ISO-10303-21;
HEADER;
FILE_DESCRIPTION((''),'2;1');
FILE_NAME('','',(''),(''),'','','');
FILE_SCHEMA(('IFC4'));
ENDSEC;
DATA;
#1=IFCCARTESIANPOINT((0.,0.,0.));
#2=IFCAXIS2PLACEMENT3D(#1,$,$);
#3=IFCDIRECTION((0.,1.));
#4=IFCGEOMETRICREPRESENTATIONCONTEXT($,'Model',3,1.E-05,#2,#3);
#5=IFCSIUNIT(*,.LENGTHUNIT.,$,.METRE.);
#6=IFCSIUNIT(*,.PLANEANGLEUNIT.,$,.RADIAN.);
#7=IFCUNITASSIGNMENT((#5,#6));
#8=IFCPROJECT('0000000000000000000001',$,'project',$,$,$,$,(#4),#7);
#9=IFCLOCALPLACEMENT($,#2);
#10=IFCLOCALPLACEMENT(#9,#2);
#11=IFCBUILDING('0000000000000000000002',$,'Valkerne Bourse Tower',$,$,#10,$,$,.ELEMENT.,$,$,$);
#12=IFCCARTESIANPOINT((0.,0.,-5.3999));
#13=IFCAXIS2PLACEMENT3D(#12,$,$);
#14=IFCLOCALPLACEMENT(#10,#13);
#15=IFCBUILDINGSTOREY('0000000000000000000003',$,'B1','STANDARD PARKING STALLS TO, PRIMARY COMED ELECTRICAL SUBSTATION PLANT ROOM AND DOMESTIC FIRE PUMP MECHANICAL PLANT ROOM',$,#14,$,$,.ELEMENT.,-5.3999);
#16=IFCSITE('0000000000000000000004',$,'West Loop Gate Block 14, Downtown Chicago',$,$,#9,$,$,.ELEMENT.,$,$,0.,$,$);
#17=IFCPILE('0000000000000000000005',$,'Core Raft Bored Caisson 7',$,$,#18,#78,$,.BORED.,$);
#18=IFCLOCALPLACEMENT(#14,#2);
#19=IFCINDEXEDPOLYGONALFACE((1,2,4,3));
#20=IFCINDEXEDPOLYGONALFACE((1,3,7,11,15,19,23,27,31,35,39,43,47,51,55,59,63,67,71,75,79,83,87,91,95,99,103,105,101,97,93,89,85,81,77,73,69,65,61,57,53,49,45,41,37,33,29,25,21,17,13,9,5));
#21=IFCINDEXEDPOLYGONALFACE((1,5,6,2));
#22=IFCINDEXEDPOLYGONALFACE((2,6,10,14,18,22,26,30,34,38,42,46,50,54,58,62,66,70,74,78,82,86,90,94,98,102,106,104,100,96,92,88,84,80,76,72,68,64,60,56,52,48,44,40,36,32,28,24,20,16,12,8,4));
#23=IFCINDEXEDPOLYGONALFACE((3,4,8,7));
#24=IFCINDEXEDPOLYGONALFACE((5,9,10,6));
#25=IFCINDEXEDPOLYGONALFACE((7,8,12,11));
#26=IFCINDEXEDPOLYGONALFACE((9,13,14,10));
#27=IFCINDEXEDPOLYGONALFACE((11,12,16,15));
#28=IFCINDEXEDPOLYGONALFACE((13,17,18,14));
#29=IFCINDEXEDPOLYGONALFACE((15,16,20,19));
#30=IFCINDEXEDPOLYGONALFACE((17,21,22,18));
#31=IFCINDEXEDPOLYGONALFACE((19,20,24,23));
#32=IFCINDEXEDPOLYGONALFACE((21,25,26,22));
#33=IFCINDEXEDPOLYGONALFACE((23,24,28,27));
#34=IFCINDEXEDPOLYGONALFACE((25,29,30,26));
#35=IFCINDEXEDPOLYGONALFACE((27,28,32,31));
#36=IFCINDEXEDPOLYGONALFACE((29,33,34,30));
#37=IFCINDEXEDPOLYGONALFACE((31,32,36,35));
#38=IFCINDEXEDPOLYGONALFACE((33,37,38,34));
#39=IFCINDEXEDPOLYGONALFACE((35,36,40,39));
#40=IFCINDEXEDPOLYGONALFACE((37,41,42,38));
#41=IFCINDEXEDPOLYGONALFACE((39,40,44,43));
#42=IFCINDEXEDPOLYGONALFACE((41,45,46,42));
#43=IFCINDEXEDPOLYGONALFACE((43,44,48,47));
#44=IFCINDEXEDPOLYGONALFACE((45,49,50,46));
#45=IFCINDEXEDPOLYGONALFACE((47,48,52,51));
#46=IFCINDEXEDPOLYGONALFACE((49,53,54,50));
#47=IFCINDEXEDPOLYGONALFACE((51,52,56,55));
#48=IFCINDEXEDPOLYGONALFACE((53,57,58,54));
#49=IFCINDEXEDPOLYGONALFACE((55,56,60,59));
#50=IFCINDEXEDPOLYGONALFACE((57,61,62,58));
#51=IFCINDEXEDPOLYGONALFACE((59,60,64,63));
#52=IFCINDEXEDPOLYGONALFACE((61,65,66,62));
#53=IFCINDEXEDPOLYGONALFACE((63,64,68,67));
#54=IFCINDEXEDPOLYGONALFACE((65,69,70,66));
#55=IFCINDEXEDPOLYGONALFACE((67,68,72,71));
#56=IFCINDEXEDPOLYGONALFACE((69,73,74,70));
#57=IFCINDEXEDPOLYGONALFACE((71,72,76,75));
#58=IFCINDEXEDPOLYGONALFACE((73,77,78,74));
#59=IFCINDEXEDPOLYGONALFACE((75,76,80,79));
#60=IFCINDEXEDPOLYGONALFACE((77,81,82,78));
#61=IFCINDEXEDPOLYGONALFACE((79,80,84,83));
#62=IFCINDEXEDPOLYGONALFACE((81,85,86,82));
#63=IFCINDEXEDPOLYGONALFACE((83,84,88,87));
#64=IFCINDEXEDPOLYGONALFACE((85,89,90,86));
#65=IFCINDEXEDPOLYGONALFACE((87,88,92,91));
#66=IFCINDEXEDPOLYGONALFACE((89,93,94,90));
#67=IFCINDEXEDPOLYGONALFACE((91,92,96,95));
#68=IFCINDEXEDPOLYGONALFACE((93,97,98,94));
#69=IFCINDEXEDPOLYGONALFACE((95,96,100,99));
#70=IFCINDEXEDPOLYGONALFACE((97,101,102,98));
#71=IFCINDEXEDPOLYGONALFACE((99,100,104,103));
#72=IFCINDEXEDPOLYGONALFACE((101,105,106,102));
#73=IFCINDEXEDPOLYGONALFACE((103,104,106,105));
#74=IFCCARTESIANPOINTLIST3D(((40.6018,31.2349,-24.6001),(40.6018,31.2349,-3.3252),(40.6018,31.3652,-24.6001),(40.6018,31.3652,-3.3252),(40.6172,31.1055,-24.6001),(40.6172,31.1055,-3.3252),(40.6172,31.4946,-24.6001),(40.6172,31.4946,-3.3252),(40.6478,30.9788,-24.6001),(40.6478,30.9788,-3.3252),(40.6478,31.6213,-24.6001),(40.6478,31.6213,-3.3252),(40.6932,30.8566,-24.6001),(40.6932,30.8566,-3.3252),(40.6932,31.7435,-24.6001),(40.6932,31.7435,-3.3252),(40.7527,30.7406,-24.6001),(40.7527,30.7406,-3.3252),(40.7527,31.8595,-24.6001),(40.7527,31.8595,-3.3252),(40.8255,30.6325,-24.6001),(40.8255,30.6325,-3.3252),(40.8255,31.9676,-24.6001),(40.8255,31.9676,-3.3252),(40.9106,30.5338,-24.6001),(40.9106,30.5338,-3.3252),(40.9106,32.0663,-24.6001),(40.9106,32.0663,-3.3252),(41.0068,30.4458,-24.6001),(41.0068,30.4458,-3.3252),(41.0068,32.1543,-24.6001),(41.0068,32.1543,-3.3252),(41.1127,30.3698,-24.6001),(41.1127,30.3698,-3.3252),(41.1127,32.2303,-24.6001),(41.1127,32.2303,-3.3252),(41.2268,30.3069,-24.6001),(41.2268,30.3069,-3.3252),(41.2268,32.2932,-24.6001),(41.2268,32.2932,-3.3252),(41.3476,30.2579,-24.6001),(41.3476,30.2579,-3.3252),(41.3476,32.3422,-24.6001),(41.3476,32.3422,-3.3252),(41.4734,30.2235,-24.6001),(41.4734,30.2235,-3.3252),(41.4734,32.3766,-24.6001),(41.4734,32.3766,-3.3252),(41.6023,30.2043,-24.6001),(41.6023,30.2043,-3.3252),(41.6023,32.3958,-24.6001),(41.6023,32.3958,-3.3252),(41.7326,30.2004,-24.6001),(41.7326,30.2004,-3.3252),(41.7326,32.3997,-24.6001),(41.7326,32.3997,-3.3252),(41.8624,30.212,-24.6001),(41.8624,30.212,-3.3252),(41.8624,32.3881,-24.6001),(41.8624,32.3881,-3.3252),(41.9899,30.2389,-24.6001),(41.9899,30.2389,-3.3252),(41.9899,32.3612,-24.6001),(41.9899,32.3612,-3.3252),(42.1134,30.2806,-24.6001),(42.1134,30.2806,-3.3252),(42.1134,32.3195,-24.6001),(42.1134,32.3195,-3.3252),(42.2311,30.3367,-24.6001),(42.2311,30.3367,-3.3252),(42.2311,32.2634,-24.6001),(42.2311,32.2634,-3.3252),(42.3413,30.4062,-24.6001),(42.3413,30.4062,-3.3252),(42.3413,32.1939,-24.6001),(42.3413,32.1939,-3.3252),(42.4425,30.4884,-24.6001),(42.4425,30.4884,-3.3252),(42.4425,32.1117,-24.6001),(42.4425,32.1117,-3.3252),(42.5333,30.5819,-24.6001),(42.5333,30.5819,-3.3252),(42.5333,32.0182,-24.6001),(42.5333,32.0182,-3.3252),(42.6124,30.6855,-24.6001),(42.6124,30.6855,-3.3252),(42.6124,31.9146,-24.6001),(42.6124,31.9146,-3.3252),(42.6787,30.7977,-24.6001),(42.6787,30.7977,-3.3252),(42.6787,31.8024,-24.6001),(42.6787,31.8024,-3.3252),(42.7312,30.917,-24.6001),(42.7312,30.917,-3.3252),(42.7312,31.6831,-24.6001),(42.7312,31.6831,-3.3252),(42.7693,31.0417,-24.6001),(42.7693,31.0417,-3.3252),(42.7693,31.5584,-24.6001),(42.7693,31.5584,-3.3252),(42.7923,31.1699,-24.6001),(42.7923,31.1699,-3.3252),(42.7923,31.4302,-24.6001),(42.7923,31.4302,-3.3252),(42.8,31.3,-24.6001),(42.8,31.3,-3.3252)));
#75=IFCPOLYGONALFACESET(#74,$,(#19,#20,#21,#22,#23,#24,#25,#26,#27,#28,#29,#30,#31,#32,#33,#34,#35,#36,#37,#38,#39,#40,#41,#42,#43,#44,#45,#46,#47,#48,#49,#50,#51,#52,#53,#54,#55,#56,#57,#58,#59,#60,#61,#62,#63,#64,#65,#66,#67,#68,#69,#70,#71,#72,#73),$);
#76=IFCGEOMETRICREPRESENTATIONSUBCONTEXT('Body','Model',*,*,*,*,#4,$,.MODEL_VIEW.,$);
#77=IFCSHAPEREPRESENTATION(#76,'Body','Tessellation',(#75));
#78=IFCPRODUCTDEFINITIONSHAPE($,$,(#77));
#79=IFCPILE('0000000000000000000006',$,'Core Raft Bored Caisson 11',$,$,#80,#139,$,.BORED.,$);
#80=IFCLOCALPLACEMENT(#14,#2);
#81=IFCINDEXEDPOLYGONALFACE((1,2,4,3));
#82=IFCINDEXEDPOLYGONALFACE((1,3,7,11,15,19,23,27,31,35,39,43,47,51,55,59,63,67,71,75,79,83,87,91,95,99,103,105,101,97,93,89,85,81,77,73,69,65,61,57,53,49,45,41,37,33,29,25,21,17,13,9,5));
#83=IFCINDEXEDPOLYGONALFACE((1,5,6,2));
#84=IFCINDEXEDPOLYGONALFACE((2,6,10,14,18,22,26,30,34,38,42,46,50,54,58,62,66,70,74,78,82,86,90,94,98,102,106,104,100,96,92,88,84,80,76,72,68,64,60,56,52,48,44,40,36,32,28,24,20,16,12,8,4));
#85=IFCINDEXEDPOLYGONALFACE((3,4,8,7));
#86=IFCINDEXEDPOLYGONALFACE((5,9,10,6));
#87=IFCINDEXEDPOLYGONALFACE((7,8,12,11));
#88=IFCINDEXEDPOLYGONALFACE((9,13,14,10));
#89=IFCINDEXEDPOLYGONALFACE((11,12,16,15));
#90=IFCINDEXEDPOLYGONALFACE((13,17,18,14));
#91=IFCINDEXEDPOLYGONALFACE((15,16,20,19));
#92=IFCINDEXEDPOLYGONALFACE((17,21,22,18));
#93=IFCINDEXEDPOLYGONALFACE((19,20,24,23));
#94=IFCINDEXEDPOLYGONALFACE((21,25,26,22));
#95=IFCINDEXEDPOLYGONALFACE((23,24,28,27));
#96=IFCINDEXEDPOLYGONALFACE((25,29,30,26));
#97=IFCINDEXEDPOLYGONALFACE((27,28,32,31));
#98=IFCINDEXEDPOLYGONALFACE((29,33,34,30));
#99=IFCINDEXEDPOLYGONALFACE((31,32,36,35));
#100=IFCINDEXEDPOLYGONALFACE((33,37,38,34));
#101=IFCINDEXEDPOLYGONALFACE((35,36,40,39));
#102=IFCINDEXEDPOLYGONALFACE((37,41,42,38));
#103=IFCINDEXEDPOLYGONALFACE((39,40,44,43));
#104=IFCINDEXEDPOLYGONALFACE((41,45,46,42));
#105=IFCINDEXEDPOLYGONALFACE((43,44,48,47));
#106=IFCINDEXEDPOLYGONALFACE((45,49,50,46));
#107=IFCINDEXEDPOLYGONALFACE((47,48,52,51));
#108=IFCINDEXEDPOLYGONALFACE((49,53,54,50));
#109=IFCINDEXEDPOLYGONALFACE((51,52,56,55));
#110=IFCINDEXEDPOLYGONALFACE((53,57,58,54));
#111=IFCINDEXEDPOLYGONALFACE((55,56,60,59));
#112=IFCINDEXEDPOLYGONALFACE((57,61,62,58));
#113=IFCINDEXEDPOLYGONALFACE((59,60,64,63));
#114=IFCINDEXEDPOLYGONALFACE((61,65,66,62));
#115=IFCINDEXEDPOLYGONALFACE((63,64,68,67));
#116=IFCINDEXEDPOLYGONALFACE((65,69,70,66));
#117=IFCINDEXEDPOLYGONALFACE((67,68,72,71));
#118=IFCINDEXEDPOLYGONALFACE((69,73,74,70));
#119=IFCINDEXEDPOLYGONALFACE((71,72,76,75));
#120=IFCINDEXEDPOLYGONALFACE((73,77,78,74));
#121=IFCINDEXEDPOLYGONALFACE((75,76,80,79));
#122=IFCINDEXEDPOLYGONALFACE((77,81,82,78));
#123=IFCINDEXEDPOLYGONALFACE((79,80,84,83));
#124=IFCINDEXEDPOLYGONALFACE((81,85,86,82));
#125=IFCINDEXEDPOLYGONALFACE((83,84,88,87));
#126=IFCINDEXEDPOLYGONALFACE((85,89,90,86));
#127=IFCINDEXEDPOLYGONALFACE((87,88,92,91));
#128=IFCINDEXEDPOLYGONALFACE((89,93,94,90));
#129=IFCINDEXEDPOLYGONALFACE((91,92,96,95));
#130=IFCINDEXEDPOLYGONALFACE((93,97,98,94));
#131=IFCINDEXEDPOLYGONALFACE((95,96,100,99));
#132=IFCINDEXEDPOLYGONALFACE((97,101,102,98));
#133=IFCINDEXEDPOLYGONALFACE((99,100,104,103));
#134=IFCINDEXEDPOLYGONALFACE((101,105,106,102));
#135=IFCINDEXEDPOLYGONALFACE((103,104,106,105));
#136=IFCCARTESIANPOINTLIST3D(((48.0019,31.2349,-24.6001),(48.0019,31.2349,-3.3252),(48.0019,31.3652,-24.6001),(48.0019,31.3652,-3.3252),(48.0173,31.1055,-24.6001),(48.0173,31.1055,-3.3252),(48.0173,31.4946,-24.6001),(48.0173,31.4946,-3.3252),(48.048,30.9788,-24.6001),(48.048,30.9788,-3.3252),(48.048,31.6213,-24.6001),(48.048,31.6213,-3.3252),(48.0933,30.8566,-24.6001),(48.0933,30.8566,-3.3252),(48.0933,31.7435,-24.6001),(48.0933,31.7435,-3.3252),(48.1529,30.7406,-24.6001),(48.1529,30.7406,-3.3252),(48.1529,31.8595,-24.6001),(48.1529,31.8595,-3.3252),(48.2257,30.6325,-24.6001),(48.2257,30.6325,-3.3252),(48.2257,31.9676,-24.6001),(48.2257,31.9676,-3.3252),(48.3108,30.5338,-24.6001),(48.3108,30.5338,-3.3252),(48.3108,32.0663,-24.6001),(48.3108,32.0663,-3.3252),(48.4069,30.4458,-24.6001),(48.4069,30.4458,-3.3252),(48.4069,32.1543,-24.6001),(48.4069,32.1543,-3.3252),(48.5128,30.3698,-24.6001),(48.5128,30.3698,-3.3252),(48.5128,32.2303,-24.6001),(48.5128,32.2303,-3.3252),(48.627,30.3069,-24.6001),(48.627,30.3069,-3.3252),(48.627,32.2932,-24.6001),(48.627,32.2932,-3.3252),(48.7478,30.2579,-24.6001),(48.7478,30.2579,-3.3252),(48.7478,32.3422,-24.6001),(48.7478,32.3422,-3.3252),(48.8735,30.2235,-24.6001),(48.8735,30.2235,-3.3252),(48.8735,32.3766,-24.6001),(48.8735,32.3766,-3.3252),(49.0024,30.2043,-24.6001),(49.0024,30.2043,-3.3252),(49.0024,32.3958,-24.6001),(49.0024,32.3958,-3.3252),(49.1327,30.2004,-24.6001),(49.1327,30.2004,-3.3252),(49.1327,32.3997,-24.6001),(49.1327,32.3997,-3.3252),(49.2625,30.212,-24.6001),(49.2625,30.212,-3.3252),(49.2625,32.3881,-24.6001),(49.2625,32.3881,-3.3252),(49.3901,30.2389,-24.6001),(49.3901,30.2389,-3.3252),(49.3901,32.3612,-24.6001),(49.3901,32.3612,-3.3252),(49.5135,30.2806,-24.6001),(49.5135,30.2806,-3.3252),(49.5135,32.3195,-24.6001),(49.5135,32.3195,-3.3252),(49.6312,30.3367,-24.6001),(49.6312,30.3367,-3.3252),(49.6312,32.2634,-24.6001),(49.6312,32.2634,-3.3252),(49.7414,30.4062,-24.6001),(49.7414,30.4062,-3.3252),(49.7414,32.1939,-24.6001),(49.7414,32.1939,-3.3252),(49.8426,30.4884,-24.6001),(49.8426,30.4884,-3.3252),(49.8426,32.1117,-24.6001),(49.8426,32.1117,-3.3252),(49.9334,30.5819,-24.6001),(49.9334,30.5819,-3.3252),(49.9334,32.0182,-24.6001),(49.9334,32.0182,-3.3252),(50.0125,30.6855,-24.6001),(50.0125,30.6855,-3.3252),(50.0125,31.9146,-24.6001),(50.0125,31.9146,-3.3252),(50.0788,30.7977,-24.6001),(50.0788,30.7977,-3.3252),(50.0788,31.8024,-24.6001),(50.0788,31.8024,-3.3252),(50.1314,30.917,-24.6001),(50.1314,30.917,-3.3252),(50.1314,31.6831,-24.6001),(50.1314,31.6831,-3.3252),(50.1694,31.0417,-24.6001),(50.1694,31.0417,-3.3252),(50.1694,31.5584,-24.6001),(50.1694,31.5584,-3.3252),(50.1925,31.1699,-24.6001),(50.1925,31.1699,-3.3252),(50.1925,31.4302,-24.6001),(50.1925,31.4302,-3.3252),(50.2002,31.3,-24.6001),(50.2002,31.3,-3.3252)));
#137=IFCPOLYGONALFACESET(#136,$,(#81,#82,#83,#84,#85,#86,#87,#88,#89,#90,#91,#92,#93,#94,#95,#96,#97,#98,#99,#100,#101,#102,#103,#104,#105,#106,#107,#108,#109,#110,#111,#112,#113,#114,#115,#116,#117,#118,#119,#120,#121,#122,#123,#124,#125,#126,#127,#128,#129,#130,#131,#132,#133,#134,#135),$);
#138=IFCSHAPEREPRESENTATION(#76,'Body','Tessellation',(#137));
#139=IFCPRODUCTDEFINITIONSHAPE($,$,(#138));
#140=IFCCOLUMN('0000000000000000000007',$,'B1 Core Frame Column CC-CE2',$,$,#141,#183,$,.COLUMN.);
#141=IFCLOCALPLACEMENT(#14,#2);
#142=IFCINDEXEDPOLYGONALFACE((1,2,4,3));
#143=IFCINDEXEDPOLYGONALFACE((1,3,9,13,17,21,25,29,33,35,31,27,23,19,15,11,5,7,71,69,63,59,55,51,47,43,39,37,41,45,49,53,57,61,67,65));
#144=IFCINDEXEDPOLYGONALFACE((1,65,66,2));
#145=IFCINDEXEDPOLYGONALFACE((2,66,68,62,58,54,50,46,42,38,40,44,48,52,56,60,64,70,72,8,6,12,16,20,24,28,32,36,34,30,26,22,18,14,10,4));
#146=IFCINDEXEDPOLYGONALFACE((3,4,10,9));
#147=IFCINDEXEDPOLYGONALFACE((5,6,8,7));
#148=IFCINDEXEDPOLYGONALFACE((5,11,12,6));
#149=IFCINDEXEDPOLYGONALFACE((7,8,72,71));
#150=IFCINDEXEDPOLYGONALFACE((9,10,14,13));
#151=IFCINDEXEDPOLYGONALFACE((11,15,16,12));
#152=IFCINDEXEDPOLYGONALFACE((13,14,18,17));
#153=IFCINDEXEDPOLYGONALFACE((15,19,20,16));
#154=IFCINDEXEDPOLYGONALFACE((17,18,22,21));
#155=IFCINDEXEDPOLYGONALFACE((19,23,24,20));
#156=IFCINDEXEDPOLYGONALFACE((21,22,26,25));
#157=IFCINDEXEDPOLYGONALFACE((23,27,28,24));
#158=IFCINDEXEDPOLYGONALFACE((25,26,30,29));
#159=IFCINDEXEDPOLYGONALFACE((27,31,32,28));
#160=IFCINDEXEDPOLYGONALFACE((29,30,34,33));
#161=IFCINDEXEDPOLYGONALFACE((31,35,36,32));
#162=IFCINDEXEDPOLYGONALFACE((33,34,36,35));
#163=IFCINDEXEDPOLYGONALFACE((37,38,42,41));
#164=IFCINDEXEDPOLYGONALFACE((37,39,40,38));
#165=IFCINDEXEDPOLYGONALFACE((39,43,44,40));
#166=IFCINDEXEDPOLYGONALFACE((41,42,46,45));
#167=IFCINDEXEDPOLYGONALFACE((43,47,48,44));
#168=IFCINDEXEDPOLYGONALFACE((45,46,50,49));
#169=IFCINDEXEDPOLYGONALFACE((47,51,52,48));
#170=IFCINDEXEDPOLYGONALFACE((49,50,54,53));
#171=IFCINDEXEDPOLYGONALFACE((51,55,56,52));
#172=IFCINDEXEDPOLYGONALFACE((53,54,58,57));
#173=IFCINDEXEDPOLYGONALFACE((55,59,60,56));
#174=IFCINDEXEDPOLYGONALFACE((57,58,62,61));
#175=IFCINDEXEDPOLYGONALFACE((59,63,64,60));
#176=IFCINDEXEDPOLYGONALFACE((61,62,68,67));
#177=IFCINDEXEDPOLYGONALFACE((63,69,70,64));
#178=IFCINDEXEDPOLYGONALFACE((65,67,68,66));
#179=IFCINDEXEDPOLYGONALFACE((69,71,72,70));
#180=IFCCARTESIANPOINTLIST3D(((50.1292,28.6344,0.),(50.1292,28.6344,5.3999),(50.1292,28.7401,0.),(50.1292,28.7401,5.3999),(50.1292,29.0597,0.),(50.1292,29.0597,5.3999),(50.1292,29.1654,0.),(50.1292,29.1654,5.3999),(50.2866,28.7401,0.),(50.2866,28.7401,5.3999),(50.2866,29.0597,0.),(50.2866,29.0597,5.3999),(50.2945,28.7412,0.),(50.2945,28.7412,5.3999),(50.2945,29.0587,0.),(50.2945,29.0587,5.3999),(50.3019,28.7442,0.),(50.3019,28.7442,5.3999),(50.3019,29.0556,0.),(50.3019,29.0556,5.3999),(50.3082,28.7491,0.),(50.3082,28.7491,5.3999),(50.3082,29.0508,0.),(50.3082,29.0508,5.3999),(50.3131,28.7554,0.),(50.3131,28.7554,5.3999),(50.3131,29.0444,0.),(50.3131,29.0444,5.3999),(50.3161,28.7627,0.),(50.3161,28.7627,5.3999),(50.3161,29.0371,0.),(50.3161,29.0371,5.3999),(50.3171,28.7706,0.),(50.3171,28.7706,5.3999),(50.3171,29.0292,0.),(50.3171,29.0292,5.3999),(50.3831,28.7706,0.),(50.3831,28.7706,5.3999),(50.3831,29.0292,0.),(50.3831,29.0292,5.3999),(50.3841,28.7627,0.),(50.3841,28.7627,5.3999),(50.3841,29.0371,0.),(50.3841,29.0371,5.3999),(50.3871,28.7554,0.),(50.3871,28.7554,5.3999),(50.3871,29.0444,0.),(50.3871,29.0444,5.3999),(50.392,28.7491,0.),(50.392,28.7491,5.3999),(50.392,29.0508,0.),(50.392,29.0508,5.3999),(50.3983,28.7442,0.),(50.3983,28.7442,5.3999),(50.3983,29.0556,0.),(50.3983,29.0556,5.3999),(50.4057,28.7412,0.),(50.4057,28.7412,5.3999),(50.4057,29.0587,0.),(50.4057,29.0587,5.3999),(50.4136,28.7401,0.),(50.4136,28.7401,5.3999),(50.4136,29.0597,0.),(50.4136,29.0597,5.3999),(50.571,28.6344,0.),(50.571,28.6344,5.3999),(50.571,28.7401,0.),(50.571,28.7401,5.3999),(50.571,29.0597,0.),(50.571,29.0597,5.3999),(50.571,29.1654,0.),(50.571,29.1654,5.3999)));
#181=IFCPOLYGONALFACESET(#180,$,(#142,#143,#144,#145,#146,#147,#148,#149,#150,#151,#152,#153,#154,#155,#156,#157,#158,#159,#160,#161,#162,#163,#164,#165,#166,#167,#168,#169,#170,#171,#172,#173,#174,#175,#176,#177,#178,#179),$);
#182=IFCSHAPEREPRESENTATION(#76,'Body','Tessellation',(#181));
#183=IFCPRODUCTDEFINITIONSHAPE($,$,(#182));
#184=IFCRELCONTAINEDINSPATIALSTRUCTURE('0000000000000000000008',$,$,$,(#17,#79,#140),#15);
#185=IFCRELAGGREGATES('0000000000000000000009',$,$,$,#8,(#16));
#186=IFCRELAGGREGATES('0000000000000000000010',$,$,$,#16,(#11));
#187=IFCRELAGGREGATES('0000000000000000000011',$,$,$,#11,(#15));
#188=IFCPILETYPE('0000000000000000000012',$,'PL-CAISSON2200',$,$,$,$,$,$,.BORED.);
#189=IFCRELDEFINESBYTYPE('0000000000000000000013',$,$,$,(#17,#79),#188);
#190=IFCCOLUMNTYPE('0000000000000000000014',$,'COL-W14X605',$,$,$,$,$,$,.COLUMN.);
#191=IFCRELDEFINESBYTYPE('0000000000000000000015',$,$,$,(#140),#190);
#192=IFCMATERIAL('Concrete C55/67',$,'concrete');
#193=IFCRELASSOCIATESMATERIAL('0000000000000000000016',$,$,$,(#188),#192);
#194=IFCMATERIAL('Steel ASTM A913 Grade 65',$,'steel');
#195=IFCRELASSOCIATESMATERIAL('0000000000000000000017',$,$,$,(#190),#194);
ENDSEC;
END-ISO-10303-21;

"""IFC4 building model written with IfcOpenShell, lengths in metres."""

from ifc_helpers import new_model, si_unit, direction, frame, origin, origin_2d, place, context, subcontext, project, spatial, circle, i_section, extrude, material, material_profile, profile_set, type_object, element, save


model = new_model("IFC4")

# Units and contexts
model_context = context("Model", 3, precision=1e-05, world=origin(), true_north=direction((0.0, 1.0)))
body_context = subcontext(model_context, "Body", "Model", "MODEL_VIEW")
ifc_project = project(units=[si_unit("LENGTHUNIT", "METRE"), si_unit("PLANEANGLEUNIT", "RADIAN")], contexts=[model_context])

# Site, building, storey
site_placement = place(None, origin())
site = spatial("IfcSite", under=ifc_project, at=site_placement, Name="West Loop Gate Block 14, Downtown Chicago", CompositionType="ELEMENT", RefElevation=0.0)
building_placement = place(site_placement, origin())
building = spatial("IfcBuilding", under=site, at=building_placement, Name="Valkerne Bourse Tower", CompositionType="ELEMENT")
storey_placement = place(building_placement, frame((0.0, 0.0, -5.3999)))
storey = spatial("IfcBuildingStorey", under=building, at=storey_placement, Name="B1", Description="STANDARD PARKING STALLS TO, PRIMARY COMED ELECTRICAL SUBSTATION PLANT ROOM AND DOMESTIC FIRE PUMP MECHANICAL PLANT ROOM", CompositionType="ELEMENT", Elevation=-5.3999)

# Piles
ifc_material_1 = material(Name="Concrete C55/67", Category="concrete")
ifc_material_profile_1 = material_profile(ifc_material_1, circle(Radius=1.1001, at=origin_2d()), Name="CAISSON2200")
ifc_profile_set_1 = profile_set([ifc_material_profile_1], Name="Concrete C55/67")
pile_type = type_object("IfcPileType", Name="PL-CAISSON2200", PredefinedType="BORED", material=ifc_profile_set_1)
for number, where, z_axis, x_axis, name in (
    (1, (41.7, 31.3, -3.3252), (0.0, 0.0, -1.0), (1.0, 0.0, 0.0), "Core Raft Bored Caisson 7"),
    (2, (49.1001, 31.3, -3.3252), (0.0, 0.0, -1.0), (1.0, 0.0, 0.0), "Core Raft Bored Caisson 11"),
):
    element("IfcPile", number, at=place(storey_placement, frame(where, z_axis=z_axis, x_axis=x_axis)), inside=storey, type_object=pile_type, Name=name, PredefinedType="BORED", context=body_context, shape_type="SweptSolid", body=[
        extrude(circle(Radius=1.1001, at=origin_2d()), origin(), (0.0, 0.0, 1.0), 21.2749),
    ])

# Column
ifc_material_2 = material(Name="Steel ASTM A913 Grade 65", Category="steel")
ifc_material_profile_2 = material_profile(ifc_material_2, i_section(OverallWidth=0.4419, OverallDepth=0.531, WebThickness=0.0659, FlangeThickness=0.1057, FilletRadius=0.0305, at=origin_2d()), Name="W14X605")
ifc_profile_set_2 = profile_set([ifc_material_profile_2], Name="Steel ASTM A913 Grade 65")
column_type = type_object("IfcColumnType", Name="COL-W14X605", PredefinedType="COLUMN", material=ifc_profile_set_2)
column_placement = place(storey_placement, frame((50.3501, 28.8999, 0.0), z_axis=(0.0, 0.0, 1.0), x_axis=(1.0, 0.0, 0.0)))
element("IfcColumn", 3, at=column_placement, inside=storey, type_object=column_type, Name="B1 Core Frame Column CC-CE2", PredefinedType="COLUMN", context=body_context, shape_type="SweptSolid", body=[
    extrude(i_section(OverallWidth=0.4419, OverallDepth=0.531, WebThickness=0.0659, FlangeThickness=0.1057, FilletRadius=0.0305, at=origin_2d()), origin(), (0.0, 0.0, 1.0), 5.3999),
])

save(model, "model.ifc")
